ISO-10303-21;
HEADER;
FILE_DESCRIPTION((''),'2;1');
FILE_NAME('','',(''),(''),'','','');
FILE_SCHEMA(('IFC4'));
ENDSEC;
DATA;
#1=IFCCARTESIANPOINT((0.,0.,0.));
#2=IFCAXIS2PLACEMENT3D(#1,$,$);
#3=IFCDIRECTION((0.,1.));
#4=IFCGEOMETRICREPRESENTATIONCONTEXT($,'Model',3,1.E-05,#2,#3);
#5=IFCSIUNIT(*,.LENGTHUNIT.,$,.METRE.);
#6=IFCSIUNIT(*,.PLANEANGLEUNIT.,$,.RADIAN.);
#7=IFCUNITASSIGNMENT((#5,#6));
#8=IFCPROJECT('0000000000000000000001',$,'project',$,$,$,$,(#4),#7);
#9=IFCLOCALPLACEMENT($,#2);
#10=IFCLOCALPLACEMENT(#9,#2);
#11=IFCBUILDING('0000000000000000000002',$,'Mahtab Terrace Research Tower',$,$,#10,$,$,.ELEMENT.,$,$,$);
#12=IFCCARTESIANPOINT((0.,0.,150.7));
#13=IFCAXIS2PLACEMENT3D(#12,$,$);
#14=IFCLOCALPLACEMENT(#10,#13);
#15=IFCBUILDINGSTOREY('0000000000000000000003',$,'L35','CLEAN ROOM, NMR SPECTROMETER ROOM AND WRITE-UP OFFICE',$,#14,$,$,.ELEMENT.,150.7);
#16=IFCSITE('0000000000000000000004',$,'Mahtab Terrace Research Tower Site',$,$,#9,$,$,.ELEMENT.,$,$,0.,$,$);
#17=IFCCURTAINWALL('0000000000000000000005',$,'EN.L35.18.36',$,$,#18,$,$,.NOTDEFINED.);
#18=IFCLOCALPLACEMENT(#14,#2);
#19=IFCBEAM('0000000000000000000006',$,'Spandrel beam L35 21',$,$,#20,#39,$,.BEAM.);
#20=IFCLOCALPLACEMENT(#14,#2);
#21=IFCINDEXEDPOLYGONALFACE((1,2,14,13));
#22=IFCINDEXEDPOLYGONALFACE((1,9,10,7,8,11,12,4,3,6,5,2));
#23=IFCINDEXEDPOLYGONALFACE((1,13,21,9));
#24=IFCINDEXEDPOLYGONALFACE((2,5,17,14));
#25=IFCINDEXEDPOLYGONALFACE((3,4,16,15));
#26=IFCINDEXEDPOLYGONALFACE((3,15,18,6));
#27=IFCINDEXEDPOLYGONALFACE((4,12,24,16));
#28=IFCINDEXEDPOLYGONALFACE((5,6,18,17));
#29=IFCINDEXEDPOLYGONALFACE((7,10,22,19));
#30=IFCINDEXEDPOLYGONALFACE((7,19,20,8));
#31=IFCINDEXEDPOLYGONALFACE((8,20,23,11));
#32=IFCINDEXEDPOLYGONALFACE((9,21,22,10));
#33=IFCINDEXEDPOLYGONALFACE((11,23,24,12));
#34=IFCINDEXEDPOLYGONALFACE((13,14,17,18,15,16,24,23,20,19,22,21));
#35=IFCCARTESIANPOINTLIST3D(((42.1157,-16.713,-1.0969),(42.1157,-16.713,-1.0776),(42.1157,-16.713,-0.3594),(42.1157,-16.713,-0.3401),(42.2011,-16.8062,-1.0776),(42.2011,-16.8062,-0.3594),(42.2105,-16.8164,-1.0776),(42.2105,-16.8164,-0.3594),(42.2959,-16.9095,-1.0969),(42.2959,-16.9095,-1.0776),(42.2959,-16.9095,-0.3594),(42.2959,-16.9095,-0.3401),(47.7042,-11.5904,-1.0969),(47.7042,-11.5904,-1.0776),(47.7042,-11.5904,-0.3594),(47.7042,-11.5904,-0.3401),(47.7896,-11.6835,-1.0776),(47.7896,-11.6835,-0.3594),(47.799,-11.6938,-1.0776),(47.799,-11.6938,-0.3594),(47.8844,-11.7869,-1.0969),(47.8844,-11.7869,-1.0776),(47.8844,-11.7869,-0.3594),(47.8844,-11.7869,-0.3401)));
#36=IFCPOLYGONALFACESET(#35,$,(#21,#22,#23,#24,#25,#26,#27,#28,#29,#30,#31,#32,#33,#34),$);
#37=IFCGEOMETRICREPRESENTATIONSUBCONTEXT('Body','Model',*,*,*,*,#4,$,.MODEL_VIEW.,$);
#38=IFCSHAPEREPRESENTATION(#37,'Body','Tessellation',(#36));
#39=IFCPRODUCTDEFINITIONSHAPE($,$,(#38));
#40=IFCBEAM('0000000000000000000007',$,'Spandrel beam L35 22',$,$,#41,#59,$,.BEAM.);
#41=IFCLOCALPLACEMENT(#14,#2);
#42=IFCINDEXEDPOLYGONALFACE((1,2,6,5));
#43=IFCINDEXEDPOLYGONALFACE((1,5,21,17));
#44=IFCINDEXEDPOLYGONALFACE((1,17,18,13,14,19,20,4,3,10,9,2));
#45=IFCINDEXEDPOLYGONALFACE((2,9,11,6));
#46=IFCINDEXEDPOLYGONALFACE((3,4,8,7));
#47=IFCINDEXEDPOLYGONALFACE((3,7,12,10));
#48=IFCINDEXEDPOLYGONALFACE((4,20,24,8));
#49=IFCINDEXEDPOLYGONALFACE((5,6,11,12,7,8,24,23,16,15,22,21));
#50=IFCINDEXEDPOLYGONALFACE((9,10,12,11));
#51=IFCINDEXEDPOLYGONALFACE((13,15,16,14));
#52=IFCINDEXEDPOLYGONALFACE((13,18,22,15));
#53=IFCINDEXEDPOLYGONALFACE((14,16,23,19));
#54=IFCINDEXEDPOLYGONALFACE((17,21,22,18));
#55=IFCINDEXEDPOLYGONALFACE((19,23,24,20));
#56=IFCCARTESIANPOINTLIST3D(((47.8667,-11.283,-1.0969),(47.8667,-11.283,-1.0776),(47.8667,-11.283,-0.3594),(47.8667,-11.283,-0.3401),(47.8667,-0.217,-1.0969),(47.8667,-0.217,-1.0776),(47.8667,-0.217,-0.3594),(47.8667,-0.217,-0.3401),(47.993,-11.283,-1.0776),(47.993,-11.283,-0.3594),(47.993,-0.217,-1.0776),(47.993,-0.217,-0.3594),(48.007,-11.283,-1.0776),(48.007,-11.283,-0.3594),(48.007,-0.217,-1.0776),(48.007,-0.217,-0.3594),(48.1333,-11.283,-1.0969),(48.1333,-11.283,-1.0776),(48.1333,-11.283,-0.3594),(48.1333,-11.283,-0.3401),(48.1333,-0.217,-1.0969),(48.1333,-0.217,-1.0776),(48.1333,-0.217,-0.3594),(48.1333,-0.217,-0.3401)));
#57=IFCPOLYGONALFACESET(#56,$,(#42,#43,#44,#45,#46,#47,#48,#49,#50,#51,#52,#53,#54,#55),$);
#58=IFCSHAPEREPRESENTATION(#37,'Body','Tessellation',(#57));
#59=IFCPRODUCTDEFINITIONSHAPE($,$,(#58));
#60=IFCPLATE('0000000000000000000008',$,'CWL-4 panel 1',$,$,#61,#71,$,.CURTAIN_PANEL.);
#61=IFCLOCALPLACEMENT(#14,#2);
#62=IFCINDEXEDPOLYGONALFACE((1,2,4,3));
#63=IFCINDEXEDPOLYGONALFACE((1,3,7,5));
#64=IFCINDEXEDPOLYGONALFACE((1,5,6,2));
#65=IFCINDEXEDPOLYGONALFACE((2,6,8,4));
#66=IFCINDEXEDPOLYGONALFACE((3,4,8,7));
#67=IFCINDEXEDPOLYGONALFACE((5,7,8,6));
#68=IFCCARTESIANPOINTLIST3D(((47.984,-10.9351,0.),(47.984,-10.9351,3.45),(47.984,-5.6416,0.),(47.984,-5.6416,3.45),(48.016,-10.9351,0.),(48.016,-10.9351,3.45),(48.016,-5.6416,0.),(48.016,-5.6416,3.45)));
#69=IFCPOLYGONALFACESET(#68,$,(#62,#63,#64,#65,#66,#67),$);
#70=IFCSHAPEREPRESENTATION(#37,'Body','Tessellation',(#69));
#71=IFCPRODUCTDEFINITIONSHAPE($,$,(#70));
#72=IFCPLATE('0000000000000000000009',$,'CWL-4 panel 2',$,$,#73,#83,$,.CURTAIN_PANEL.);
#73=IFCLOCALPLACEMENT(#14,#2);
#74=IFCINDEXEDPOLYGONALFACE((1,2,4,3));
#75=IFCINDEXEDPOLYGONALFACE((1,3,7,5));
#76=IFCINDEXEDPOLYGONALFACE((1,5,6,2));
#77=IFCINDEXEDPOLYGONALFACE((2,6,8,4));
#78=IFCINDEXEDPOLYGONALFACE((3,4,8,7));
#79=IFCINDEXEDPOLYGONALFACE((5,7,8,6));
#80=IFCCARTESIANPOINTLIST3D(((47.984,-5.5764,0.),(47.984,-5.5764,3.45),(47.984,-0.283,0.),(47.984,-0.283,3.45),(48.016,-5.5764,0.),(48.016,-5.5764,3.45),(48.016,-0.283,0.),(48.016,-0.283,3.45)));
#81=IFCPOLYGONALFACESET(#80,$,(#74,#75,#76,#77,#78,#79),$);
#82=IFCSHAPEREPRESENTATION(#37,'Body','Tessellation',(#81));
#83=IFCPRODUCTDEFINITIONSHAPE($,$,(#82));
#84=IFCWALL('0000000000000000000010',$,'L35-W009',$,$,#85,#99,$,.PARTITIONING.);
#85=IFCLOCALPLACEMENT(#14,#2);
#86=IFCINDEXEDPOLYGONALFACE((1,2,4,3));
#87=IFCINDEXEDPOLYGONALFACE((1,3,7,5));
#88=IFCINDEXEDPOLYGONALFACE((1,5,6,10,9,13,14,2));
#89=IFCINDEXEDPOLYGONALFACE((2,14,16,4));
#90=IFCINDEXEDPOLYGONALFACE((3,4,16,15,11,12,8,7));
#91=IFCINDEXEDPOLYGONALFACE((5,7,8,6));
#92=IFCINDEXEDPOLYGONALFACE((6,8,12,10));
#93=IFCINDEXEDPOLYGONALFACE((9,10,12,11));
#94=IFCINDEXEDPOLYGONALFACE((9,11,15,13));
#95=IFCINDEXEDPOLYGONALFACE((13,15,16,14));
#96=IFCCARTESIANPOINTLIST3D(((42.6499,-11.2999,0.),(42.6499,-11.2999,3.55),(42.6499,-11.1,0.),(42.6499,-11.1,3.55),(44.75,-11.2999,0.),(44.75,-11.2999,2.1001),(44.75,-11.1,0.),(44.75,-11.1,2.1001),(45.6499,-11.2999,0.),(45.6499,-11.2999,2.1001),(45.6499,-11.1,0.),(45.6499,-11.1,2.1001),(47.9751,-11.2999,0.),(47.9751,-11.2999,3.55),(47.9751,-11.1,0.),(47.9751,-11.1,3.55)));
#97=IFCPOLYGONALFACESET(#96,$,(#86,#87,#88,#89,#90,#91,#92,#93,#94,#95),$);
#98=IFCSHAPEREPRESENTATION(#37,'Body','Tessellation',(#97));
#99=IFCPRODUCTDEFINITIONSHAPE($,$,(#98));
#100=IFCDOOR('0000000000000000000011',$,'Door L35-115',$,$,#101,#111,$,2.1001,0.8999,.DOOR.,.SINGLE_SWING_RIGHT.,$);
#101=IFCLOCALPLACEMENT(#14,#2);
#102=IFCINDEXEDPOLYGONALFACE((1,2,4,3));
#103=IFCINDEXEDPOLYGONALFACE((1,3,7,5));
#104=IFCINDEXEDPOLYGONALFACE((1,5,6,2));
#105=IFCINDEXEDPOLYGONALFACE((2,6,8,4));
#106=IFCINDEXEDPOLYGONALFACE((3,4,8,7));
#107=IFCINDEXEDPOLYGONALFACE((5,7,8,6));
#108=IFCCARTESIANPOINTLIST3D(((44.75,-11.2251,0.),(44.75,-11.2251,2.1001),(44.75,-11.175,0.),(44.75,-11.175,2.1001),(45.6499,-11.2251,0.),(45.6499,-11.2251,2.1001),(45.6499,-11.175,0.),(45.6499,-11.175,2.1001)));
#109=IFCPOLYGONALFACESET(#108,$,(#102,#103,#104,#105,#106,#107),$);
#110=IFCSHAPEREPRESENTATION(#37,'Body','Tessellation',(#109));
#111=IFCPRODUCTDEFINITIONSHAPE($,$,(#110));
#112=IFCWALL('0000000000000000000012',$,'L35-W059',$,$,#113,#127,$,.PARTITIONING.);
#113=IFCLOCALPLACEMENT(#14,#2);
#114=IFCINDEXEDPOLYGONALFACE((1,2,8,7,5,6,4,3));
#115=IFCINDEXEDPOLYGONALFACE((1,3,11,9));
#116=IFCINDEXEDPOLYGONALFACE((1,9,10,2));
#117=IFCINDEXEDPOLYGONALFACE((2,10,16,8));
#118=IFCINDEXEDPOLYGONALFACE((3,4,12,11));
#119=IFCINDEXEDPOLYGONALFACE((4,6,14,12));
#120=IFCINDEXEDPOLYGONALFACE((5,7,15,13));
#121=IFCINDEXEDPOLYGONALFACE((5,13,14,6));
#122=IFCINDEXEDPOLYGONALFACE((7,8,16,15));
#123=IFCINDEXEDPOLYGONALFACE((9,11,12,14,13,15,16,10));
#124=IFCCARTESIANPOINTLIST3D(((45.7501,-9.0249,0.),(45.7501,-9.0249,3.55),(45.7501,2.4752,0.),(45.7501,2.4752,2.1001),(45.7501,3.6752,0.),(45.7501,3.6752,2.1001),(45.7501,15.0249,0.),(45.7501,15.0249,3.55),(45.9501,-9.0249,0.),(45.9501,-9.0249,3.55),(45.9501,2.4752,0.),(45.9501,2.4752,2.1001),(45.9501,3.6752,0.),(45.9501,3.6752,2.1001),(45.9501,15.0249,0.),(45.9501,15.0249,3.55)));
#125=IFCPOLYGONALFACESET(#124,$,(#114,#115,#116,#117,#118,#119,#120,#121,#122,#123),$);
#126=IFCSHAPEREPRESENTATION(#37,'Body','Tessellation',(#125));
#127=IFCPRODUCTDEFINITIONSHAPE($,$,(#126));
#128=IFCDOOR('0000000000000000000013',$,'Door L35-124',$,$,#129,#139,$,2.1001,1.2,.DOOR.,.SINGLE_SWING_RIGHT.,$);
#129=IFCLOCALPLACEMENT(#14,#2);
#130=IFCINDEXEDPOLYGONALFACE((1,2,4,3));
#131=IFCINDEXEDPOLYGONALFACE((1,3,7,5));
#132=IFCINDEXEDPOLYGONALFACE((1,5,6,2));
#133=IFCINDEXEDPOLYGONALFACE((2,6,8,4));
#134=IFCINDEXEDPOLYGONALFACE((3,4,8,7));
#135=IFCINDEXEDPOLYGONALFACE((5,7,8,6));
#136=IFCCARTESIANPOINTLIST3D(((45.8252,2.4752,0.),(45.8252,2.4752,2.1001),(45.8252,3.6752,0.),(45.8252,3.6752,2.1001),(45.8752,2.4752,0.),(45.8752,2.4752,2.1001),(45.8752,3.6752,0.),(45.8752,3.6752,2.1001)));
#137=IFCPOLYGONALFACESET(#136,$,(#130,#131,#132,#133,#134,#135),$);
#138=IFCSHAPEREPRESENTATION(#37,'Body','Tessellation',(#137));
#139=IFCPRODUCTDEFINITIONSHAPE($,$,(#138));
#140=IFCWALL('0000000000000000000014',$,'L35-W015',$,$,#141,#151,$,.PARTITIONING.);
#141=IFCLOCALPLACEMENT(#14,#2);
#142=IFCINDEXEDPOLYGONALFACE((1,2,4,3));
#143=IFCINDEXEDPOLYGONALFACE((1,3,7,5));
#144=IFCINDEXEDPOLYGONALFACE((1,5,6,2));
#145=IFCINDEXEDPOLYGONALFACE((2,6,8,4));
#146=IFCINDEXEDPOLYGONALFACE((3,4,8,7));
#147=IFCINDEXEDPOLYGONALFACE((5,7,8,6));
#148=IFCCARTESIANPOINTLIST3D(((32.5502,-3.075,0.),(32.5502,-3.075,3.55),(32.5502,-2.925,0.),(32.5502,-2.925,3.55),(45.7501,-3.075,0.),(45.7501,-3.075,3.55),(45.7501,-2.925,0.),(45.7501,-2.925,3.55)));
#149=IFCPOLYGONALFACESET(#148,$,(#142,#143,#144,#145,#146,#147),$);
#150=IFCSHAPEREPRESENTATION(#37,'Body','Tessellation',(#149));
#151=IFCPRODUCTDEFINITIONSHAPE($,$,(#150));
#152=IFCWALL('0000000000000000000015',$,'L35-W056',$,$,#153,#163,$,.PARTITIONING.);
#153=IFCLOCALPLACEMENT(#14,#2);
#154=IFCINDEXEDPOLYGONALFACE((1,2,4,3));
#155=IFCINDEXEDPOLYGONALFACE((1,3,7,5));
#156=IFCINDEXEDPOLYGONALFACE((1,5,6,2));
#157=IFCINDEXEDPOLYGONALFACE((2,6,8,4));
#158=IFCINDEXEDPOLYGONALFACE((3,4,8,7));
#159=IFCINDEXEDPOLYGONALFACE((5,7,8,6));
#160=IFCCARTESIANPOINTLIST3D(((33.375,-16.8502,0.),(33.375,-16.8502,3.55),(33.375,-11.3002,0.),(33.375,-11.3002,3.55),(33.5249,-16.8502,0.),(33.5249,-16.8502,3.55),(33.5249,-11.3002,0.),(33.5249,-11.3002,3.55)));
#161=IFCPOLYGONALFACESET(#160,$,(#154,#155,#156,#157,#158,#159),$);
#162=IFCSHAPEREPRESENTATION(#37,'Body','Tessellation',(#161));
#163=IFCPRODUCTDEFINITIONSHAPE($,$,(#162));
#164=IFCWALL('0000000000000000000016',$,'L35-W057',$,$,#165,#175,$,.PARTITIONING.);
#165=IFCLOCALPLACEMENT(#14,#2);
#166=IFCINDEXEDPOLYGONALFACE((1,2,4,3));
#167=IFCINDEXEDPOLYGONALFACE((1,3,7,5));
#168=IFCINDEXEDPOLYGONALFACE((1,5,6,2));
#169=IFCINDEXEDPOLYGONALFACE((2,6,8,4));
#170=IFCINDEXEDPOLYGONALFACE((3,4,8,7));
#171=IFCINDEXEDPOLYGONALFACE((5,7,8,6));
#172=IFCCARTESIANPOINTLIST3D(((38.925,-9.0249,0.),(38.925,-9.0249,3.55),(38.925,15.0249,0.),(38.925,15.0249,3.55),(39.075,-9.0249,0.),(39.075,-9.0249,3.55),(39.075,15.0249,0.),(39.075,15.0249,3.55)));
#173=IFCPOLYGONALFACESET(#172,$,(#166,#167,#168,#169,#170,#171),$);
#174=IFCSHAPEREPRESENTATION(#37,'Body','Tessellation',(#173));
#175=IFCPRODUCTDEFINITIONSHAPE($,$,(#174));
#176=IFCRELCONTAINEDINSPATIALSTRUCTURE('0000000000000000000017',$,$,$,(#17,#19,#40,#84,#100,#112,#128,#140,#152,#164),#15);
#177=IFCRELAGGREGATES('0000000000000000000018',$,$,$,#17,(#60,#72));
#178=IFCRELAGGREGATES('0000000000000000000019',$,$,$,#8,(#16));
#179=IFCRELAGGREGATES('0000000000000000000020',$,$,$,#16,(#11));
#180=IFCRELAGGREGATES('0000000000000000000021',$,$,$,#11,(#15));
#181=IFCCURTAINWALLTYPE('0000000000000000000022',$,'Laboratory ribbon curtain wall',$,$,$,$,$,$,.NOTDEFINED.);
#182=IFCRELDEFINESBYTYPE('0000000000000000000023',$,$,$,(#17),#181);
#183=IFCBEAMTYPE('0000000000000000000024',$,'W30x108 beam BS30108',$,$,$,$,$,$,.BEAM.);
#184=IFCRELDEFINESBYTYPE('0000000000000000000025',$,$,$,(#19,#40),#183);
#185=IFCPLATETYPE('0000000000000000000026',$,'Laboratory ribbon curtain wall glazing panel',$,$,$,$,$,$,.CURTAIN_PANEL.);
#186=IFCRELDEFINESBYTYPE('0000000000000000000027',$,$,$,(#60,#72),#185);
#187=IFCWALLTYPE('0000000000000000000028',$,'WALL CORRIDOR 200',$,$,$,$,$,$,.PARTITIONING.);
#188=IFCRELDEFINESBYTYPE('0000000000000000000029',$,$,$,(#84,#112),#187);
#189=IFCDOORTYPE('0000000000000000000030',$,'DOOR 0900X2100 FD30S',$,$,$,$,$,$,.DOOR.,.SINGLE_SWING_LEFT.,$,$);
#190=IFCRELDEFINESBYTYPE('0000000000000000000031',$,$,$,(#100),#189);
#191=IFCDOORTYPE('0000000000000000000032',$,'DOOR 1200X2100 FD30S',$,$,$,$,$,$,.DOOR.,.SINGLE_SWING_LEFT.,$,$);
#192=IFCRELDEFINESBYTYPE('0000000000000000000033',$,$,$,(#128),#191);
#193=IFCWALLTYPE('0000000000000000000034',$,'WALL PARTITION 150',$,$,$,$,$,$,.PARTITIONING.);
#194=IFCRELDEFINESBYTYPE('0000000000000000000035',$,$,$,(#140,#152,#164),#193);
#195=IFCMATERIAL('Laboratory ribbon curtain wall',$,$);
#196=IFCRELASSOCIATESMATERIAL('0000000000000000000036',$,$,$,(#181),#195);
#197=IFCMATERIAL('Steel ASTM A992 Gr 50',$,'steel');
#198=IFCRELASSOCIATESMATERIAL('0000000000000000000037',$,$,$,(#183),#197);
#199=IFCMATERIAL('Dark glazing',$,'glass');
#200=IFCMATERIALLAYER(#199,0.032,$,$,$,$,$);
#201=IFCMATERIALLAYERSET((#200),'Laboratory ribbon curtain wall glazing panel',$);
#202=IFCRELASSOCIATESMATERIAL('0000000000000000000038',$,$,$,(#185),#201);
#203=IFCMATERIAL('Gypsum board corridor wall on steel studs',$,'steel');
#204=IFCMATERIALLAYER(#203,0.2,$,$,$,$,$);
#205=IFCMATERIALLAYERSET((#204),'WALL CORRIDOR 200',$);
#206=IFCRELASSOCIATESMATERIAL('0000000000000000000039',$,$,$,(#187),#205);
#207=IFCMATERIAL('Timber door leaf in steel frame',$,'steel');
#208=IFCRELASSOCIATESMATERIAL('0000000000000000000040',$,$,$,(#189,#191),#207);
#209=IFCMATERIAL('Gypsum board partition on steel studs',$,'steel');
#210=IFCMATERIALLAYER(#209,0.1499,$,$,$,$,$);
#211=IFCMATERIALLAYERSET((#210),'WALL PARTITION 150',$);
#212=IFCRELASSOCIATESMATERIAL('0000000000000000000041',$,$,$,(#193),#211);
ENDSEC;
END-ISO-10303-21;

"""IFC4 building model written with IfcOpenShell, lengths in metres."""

from ifc_helpers import new_model, si_unit, direction, frame, frame_2d, origin, origin_2d, place, context, subcontext, project, spatial, rectangle, i_section, extrude, material, layer, layer_set, material_profile, profile_set, type_object, element, fill, aggregate, save


model = new_model("IFC4")

# Units and contexts
model_context = context("Model", 3, precision=1e-05, world=origin(), true_north=direction((0.0, 1.0)))
body_context = subcontext(model_context, "Body", "Model", "MODEL_VIEW")
ifc_project = project(units=[si_unit("LENGTHUNIT", "METRE"), si_unit("PLANEANGLEUNIT", "RADIAN")], contexts=[model_context])

# Site, building, storey
site_placement = place(None, origin())
site = spatial("IfcSite", under=ifc_project, at=site_placement, Name="Mahtab Terrace Research Tower Site", CompositionType="ELEMENT", RefElevation=0.0)
building_placement = place(site_placement, origin())
building = spatial("IfcBuilding", under=site, at=building_placement, Name="Mahtab Terrace Research Tower", CompositionType="ELEMENT")
storey_placement = place(building_placement, frame((0.0, 0.0, 150.7)))
storey = spatial("IfcBuildingStorey", under=building, at=storey_placement, Name="L35", Description="CLEAN ROOM, NMR SPECTROMETER ROOM AND WRITE-UP OFFICE", CompositionType="ELEMENT", Elevation=150.7)

# Shared definitions
ifc_material_1 = material(Name="Steel ASTM A992 Gr 50", Category="steel")

# Curtain wall
ifc_material_2 = material(Name="Laboratory ribbon curtain wall")
curtain_wall_type = type_object("IfcCurtainWallType", Name="Laboratory ribbon curtain wall", PredefinedType="NOTDEFINED", material=ifc_material_2)
curtain_wall_placement = place(storey_placement, origin())
curtain_wall = element("IfcCurtainWall", 1, at=curtain_wall_placement, inside=storey, type_object=curtain_wall_type, Name="EN.L35.18.36", PredefinedType="NOTDEFINED")

# Beams
ifc_material_profile_1 = material_profile(ifc_material_1, i_section(OverallWidth=0.2666, OverallDepth=0.7568, WebThickness=0.0139, FlangeThickness=0.0193, at=origin_2d()), Name="W30X108")
ifc_profile_set_1 = profile_set([ifc_material_profile_1], Name="Steel ASTM A992 Gr 50")
beam_type = type_object("IfcBeamType", Name="W30x108 beam BS30108", PredefinedType="BEAM", material=ifc_profile_set_1)
beam_1_placement = place(storey_placement, frame((42.2058, -16.8113, -0.7185), z_axis=(0.737162, 0.675716, 0.0), x_axis=(-0.675716, 0.737162, 0.0)))
element("IfcBeam", 2, at=beam_1_placement, inside=storey, type_object=beam_type, Name="Spandrel beam L35 21", PredefinedType="BEAM", context=body_context, shape_type="SweptSolid", body=[
    extrude(i_section(OverallWidth=0.2666, OverallDepth=0.7568, WebThickness=0.0139, FlangeThickness=0.0193, at=origin_2d()), origin(), (0.0, 0.0, 1.0), 7.5811),
])
beam_2_placement = place(storey_placement, frame((48.0, -11.283, -0.7185), z_axis=(0.0, 1.0, 0.0), x_axis=(-1.0, 0.0, 0.0)))
element("IfcBeam", 3, at=beam_2_placement, inside=storey, type_object=beam_type, Name="Spandrel beam L35 22", PredefinedType="BEAM", context=body_context, shape_type="SweptSolid", body=[
    extrude(i_section(OverallWidth=0.2666, OverallDepth=0.7568, WebThickness=0.0139, FlangeThickness=0.0193, at=origin_2d()), origin(), (0.0, 0.0, 1.0), 11.0659),
])

# Plates
ifc_material_3 = material(Name="Dark glazing", Category="glass")
ifc_layer_1 = layer(ifc_material_3, 0.032)
ifc_layer_set_1 = layer_set([ifc_layer_1], Name="Laboratory ribbon curtain wall glazing panel")
plate_type = type_object("IfcPlateType", Name="Laboratory ribbon curtain wall glazing panel", PredefinedType="CURTAIN_PANEL", material=ifc_layer_set_1)
plate_1_placement = place(storey_placement, frame((48.0, -8.2883, 0.0), z_axis=(0.0, 0.0, 1.0), x_axis=(0.0, 1.0, 0.0)))
plate_1 = element("IfcPlate", 4, at=plate_1_placement, type_object=plate_type, Name="CWL-4 panel 1", PredefinedType="CURTAIN_PANEL", context=body_context, shape_type="SweptSolid", body=[
    extrude(rectangle(XDim=5.2935, YDim=0.032, at=origin_2d()), origin(), (0.0, 0.0, 1.0), 3.45),
])
plate_2_placement = place(storey_placement, frame((48.0, -2.9297, 0.0), z_axis=(0.0, 0.0, 1.0), x_axis=(0.0, 1.0, 0.0)))
plate_2 = element("IfcPlate", 5, at=plate_2_placement, type_object=plate_type, Name="CWL-4 panel 2", PredefinedType="CURTAIN_PANEL", context=body_context, shape_type="SweptSolid", body=[
    extrude(rectangle(XDim=5.2935, YDim=0.032, at=origin_2d()), origin(), (0.0, 0.0, 1.0), 3.45),
])
aggregate(curtain_wall, [plate_1, plate_2])

# Walls, openings, doors
ifc_material_4 = material(Name="Gypsum board corridor wall on steel studs", Category="steel")
ifc_layer_2 = layer(ifc_material_4, 0.2)
ifc_layer_set_2 = layer_set([ifc_layer_2], Name="WALL CORRIDOR 200")
wall_type_1 = type_object("IfcWallType", Name="WALL CORRIDOR 200", PredefinedType="PARTITIONING", material=ifc_layer_set_2)
wall_1_placement = place(storey_placement, frame((42.6499, -11.2, 0.0), z_axis=(0.0, 0.0, 1.0), x_axis=(1.0, 0.0, 0.0)))
wall_1 = element("IfcWall", 6, at=wall_1_placement, inside=storey, type_object=wall_type_1, Name="L35-W009", PredefinedType="PARTITIONING", context=body_context, shape_type="SweptSolid", body=[
    extrude(rectangle(XDim=5.3252, YDim=0.2, at=frame_2d((2.6626, 0.0))), origin(), (0.0, 0.0, 1.0), 3.55),
])
opening_1_placement = place(wall_1_placement, frame((2.1001, 0.0, 0.0)))
opening_1 = element("IfcOpeningElement", 7, at=opening_1_placement, cuts=wall_1, PredefinedType="OPENING", context=body_context, shape_type="SweptSolid", body=[
    extrude(rectangle(XDim=0.8999, YDim=2.1001, at=frame_2d((0.45, 1.05))), frame((0.0, 0.1099, 0.0), z_axis=(0.0, -1.0, 0.0), x_axis=(1.0, 0.0, 0.0)), (0.0, 0.0, 1.0), 0.22),
])
ifc_material_5 = material(Name="Timber door leaf in steel frame", Category="steel")
door_type_1 = type_object("IfcDoorType", Name="DOOR 0900X2100 FD30S", OperationType="SINGLE_SWING_LEFT", PredefinedType="DOOR", material=ifc_material_5)
door_1_placement = place(opening_1_placement, origin())
door_1 = element("IfcDoor", 8, at=door_1_placement, inside=storey, type_object=door_type_1, Name="Door L35-115", OperationType="SINGLE_SWING_RIGHT", OverallHeight=2.1001, OverallWidth=0.8999, PredefinedType="DOOR", context=body_context, shape_type="SweptSolid", body=[
    extrude(rectangle(XDim=0.8999, YDim=2.1001, at=frame_2d((0.45, 1.05))), frame((0.0, 0.0249, 0.0), z_axis=(0.0, -1.0, 0.0), x_axis=(1.0, 0.0, 0.0)), (0.0, 0.0, 1.0), 0.05),
])
fill(opening_1, door_1)
wall_2_placement = place(storey_placement, frame((45.8501, -9.0249, 0.0), z_axis=(0.0, 0.0, 1.0), x_axis=(0.0, 1.0, 0.0)))
wall_2 = element("IfcWall", 9, at=wall_2_placement, inside=storey, type_object=wall_type_1, Name="L35-W059", PredefinedType="PARTITIONING", context=body_context, shape_type="SweptSolid", body=[
    extrude(rectangle(XDim=24.0498, YDim=0.2, at=frame_2d((12.0249, 0.0))), origin(), (0.0, 0.0, 1.0), 3.55),
])
opening_2_placement = place(wall_2_placement, frame((11.5, 0.0, 0.0)))
opening_2 = element("IfcOpeningElement", 10, at=opening_2_placement, cuts=wall_2, PredefinedType="OPENING", context=body_context, shape_type="SweptSolid", body=[
    extrude(rectangle(XDim=1.2, YDim=2.1001, at=frame_2d((0.6001, 1.05))), frame((0.0, 0.1099, 0.0), z_axis=(0.0, -1.0, 0.0), x_axis=(1.0, 0.0, 0.0)), (0.0, 0.0, 1.0), 0.22),
])
door_type_2 = type_object("IfcDoorType", Name="DOOR 1200X2100 FD30S", OperationType="SINGLE_SWING_LEFT", PredefinedType="DOOR", material=ifc_material_5)
door_2_placement = place(opening_2_placement, origin())
door_2 = element("IfcDoor", 11, at=door_2_placement, inside=storey, type_object=door_type_2, Name="Door L35-124", OperationType="SINGLE_SWING_RIGHT", OverallHeight=2.1001, OverallWidth=1.2, PredefinedType="DOOR", context=body_context, shape_type="SweptSolid", body=[
    extrude(rectangle(XDim=1.2, YDim=2.1001, at=frame_2d((0.6001, 1.05))), frame((0.0, 0.0249, 0.0), z_axis=(0.0, -1.0, 0.0), x_axis=(1.0, 0.0, 0.0)), (0.0, 0.0, 1.0), 0.05),
])
fill(opening_2, door_2)

# Walls
ifc_material_6 = material(Name="Gypsum board partition on steel studs", Category="steel")
ifc_layer_3 = layer(ifc_material_6, 0.1499)
ifc_layer_set_3 = layer_set([ifc_layer_3], Name="WALL PARTITION 150")
wall_type_2 = type_object("IfcWallType", Name="WALL PARTITION 150", PredefinedType="PARTITIONING", material=ifc_layer_set_3)
wall_3_placement = place(storey_placement, frame((32.55, -3.0, 0.0), z_axis=(0.0, 0.0, 1.0), x_axis=(1.0, 0.0, 0.0)))
element("IfcWall", 12, at=wall_3_placement, inside=storey, type_object=wall_type_2, Name="L35-W015", PredefinedType="PARTITIONING", context=body_context, shape_type="SweptSolid", body=[
    extrude(rectangle(XDim=13.2, YDim=0.1499, at=frame_2d((6.6001, 0.0))), origin(), (0.0, 0.0, 1.0), 3.55),
])
wall_4_placement = place(storey_placement, frame((33.45, -16.8501, 0.0), z_axis=(0.0, 0.0, 1.0), x_axis=(0.0, 1.0, 0.0)))
element("IfcWall", 13, at=wall_4_placement, inside=storey, type_object=wall_type_2, Name="L35-W056", PredefinedType="PARTITIONING", context=body_context, shape_type="SweptSolid", body=[
    extrude(rectangle(XDim=5.55, YDim=0.1499, at=frame_2d((2.7749, 0.0))), origin(), (0.0, 0.0, 1.0), 3.55),
])
wall_5_placement = place(storey_placement, frame((39.0, -9.0249, 0.0), z_axis=(0.0, 0.0, 1.0), x_axis=(0.0, 1.0, 0.0)))
element("IfcWall", 14, at=wall_5_placement, inside=storey, type_object=wall_type_2, Name="L35-W057", PredefinedType="PARTITIONING", context=body_context, shape_type="SweptSolid", body=[
    extrude(rectangle(XDim=24.0498, YDim=0.1499, at=frame_2d((12.0249, 0.0))), origin(), (0.0, 0.0, 1.0), 3.55),
])

save(model, "model.ifc")
